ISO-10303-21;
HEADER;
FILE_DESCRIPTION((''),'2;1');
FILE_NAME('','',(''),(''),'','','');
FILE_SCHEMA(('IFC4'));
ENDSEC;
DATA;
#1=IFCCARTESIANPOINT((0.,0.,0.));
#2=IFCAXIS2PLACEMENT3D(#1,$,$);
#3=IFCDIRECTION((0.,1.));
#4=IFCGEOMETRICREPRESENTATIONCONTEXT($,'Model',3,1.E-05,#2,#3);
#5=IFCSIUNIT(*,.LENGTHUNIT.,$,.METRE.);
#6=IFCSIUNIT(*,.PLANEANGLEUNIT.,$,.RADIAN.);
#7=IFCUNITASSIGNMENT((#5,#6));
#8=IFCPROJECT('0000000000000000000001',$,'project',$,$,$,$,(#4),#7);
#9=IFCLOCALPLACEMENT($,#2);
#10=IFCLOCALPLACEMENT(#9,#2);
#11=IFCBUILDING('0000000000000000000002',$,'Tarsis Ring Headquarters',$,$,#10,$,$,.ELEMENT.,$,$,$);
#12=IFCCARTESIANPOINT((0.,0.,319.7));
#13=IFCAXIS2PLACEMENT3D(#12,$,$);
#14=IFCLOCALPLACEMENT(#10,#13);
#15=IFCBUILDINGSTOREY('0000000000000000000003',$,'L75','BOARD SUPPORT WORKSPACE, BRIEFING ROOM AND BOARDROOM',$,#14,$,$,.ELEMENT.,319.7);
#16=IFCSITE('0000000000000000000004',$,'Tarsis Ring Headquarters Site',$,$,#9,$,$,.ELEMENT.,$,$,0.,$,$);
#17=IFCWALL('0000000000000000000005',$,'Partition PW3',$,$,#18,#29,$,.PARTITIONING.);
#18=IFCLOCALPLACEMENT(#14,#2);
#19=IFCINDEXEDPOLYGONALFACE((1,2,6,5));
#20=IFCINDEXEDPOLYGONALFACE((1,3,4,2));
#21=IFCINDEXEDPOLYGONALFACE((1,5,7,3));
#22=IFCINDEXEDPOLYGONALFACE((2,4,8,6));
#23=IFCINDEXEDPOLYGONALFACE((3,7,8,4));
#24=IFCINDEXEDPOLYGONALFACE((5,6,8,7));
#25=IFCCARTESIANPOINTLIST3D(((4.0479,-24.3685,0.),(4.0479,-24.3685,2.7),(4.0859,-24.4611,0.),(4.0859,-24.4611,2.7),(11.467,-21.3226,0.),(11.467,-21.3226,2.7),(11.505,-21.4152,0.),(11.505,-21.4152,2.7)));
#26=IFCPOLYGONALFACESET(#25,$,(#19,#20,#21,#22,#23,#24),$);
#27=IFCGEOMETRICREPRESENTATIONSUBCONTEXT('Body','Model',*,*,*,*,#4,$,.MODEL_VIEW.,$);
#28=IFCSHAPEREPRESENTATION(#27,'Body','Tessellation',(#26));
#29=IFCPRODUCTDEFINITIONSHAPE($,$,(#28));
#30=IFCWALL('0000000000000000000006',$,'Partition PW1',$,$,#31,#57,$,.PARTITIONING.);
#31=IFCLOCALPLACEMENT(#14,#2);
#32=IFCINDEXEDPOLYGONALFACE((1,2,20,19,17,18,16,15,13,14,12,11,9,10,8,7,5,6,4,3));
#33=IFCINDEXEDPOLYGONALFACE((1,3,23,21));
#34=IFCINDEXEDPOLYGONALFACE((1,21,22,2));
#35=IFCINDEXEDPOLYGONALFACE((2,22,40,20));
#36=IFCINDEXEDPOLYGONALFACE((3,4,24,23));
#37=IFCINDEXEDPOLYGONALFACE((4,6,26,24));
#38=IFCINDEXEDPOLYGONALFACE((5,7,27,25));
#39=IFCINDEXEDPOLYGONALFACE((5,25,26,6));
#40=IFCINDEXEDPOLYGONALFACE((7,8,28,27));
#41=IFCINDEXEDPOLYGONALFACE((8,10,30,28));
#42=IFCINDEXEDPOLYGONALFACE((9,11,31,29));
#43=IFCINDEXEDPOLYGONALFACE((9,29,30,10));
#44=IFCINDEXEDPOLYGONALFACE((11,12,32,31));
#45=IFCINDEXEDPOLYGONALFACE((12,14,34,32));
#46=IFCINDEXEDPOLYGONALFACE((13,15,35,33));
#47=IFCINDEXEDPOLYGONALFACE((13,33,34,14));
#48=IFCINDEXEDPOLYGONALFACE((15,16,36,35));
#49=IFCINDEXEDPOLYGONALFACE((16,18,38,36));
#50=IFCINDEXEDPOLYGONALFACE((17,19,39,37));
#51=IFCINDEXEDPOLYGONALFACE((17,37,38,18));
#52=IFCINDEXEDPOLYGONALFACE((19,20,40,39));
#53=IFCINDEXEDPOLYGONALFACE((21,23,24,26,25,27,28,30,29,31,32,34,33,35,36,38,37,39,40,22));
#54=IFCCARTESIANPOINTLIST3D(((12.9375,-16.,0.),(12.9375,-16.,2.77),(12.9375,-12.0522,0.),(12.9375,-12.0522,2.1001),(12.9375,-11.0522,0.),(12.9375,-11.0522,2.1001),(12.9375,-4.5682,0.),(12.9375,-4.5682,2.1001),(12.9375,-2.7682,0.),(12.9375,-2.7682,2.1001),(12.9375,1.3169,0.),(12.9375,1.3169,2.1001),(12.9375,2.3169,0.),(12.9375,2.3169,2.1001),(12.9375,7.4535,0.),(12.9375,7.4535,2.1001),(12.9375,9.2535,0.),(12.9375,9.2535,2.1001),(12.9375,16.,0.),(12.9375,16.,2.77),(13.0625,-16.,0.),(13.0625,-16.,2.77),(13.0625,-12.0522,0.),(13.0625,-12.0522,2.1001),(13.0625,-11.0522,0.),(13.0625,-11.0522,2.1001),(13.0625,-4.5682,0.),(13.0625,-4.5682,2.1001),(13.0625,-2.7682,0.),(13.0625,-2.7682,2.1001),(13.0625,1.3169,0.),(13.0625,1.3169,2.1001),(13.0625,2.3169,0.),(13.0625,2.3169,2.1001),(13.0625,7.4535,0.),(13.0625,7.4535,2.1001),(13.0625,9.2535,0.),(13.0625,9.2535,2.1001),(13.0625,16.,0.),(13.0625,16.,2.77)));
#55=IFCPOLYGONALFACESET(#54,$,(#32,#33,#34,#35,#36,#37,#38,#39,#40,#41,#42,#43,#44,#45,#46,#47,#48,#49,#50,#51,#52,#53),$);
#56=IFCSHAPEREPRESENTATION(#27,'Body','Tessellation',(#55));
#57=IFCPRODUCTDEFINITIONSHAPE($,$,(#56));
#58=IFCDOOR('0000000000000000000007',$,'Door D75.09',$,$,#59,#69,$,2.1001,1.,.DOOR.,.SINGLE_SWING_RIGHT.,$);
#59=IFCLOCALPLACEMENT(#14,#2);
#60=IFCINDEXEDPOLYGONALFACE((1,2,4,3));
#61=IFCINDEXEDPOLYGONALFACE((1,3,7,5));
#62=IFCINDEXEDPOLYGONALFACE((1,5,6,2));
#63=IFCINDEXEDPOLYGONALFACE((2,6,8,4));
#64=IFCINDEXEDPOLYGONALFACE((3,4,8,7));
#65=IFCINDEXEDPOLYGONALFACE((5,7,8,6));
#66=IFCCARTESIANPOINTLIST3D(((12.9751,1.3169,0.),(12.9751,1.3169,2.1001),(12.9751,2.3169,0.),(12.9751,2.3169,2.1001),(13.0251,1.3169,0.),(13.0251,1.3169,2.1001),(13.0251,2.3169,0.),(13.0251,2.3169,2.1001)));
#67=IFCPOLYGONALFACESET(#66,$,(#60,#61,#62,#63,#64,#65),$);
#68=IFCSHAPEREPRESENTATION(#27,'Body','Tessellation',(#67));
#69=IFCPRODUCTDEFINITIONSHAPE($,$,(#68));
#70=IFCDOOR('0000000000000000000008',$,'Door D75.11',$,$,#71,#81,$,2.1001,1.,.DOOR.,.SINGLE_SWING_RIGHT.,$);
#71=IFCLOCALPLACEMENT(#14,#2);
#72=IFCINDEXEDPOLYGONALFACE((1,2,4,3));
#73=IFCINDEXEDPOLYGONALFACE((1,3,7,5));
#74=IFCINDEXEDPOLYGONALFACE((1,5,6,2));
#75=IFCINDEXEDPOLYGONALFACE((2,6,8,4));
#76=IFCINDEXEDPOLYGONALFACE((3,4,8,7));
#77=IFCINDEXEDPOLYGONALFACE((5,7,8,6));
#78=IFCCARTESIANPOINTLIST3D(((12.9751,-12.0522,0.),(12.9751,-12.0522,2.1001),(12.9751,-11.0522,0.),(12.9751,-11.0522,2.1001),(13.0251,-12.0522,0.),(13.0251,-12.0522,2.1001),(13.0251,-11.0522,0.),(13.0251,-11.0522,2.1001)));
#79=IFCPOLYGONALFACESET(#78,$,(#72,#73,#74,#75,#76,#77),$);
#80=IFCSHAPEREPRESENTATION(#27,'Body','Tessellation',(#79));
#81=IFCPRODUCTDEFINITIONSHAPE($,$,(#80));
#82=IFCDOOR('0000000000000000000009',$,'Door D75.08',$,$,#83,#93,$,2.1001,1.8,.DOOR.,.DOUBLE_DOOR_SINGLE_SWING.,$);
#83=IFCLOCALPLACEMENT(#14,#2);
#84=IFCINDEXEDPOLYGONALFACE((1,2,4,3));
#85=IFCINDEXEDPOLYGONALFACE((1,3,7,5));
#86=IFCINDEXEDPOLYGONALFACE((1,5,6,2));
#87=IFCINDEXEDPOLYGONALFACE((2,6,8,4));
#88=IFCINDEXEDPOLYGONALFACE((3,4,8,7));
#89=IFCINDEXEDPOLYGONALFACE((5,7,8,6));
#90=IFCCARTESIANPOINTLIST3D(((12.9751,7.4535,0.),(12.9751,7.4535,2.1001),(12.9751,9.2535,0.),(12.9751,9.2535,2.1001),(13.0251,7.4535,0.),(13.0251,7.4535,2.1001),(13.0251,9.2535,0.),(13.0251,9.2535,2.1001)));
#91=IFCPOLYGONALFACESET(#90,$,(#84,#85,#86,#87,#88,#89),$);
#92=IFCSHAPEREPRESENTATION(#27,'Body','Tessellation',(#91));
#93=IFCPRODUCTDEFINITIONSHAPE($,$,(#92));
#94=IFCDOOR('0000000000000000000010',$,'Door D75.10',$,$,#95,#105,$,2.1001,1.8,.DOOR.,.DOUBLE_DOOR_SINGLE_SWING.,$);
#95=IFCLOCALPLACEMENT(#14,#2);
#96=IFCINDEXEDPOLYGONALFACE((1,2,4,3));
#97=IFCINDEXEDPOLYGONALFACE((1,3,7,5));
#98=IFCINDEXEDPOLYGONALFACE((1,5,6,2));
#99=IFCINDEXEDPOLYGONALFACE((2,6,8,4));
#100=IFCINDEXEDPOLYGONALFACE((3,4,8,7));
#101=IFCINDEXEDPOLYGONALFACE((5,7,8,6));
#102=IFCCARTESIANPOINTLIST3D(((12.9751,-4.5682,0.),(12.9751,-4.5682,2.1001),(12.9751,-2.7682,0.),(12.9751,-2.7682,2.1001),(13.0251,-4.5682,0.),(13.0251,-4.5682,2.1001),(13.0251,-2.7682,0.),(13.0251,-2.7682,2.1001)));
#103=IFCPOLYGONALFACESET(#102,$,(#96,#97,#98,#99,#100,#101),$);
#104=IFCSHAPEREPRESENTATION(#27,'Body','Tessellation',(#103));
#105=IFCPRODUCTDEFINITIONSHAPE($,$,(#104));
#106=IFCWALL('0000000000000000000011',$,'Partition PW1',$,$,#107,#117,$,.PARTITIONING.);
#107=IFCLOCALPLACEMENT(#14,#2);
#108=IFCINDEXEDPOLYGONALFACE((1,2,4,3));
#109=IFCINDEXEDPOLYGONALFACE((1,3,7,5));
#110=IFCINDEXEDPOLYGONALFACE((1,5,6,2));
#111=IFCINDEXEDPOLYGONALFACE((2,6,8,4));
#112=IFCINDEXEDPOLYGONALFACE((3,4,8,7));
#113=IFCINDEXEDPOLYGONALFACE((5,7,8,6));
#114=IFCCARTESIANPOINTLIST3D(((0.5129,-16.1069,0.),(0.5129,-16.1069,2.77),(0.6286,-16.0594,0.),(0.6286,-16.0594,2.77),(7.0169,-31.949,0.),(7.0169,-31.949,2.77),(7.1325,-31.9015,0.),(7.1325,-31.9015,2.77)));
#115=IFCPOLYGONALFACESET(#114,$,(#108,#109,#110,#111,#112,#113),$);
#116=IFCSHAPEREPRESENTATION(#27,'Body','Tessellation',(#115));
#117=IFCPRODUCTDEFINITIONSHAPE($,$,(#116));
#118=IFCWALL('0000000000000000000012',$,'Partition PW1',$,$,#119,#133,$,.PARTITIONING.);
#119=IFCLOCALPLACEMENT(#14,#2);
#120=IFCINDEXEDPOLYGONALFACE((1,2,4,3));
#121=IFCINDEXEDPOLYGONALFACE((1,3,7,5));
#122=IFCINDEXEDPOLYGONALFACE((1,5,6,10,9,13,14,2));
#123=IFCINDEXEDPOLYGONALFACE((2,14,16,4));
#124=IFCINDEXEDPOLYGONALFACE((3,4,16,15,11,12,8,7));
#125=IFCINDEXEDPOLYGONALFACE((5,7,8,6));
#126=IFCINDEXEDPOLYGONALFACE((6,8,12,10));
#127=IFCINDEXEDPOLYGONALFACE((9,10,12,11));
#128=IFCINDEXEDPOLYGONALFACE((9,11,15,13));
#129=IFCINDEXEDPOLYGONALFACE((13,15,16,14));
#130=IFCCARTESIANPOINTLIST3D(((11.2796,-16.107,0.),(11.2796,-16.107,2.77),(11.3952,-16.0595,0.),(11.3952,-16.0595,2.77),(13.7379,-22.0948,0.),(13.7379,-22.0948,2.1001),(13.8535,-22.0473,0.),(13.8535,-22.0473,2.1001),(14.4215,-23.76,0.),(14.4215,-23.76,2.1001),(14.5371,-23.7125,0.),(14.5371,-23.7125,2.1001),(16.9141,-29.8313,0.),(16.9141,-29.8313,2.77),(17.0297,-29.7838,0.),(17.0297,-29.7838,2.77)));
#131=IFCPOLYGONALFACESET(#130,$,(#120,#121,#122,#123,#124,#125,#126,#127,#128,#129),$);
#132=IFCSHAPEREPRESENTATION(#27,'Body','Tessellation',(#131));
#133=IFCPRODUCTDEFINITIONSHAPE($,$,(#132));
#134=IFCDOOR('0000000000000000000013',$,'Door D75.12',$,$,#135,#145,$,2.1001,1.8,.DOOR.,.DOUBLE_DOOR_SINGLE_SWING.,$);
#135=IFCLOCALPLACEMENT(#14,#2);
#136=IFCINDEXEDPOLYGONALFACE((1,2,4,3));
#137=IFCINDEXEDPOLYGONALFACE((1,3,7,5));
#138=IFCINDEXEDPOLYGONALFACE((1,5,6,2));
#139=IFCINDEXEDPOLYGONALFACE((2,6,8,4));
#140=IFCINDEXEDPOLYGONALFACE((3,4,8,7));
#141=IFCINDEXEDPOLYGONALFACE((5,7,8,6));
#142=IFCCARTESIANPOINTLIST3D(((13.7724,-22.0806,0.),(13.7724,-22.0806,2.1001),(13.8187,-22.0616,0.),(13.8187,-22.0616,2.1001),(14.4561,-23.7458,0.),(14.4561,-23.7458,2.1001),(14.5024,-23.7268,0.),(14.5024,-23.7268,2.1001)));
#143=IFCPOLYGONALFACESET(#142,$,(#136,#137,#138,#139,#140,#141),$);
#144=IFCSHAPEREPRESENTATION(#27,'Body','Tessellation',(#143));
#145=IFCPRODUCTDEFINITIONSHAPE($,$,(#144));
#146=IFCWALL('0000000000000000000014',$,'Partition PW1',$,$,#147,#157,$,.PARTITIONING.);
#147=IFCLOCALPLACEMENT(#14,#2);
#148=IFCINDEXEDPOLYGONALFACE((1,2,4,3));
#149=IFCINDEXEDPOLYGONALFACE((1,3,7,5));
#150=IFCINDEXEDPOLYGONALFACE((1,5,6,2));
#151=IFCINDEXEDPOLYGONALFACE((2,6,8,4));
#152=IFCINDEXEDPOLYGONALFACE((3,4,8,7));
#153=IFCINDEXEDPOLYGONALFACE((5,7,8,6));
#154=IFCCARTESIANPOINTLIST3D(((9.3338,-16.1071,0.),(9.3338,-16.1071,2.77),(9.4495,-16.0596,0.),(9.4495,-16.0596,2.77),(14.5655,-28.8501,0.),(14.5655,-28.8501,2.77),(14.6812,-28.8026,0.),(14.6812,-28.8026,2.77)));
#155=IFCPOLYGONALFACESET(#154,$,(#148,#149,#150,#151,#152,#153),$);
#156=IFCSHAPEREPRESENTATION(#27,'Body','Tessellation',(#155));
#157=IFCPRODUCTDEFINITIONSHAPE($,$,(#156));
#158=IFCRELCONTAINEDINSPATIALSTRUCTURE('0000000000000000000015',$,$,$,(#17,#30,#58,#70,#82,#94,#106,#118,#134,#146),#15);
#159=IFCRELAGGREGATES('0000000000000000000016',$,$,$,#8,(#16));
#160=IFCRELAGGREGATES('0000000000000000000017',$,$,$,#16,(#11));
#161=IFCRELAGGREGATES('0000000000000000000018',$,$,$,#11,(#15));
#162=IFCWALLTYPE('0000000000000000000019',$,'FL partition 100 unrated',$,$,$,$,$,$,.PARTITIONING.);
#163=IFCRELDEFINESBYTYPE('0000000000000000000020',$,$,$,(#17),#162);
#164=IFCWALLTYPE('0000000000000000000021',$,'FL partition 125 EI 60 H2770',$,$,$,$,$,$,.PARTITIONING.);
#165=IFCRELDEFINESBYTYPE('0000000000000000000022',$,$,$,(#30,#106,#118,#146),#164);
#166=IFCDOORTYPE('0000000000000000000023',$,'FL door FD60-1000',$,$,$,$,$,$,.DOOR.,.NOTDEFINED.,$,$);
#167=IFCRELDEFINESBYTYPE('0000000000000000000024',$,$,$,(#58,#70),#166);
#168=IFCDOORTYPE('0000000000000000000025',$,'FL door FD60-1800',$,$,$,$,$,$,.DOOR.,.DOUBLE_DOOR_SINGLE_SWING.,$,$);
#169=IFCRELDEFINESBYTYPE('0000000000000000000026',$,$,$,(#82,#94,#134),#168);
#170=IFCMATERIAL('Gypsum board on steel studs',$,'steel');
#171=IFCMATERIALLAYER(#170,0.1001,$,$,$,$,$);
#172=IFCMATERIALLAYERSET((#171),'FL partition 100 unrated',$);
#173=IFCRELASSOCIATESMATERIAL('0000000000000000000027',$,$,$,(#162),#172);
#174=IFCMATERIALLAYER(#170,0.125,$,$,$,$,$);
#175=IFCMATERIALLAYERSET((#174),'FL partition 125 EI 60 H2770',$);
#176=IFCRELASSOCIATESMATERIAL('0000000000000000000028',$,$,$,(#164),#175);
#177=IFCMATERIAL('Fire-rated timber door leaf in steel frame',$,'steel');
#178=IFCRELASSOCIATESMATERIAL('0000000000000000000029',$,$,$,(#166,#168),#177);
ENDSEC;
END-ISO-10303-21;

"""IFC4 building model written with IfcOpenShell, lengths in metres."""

from ifc_helpers import new_model, si_unit, direction, frame, frame_2d, origin, place, context, subcontext, project, spatial, rectangle, extrude, material, layer, layer_set, type_object, element, fill, save


model = new_model("IFC4")

# Units and contexts
model_context = context("Model", 3, precision=1e-05, world=origin(), true_north=direction((0.0, 1.0)))
body_context = subcontext(model_context, "Body", "Model", "MODEL_VIEW")
ifc_project = project(units=[si_unit("LENGTHUNIT", "METRE"), si_unit("PLANEANGLEUNIT", "RADIAN")], contexts=[model_context])

# Site, building, storey
site_placement = place(None, origin())
site = spatial("IfcSite", under=ifc_project, at=site_placement, Name="Tarsis Ring Headquarters Site", CompositionType="ELEMENT", RefElevation=0.0)
building_placement = place(site_placement, origin())
building = spatial("IfcBuilding", under=site, at=building_placement, Name="Tarsis Ring Headquarters", CompositionType="ELEMENT")
storey_placement = place(building_placement, frame((0.0, 0.0, 319.7)))
storey = spatial("IfcBuildingStorey", under=building, at=storey_placement, Name="L75", Description="BOARD SUPPORT WORKSPACE, BRIEFING ROOM AND BOARDROOM", CompositionType="ELEMENT", Elevation=319.7)

# Wall
ifc_material_1 = material(Name="Gypsum board on steel studs", Category="steel")
ifc_layer_1 = layer(ifc_material_1, 0.1001)
ifc_layer_set_1 = layer_set([ifc_layer_1], Name="FL partition 100 unrated")
wall_type_1 = type_object("IfcWallType", Name="FL partition 100 unrated", PredefinedType="PARTITIONING", material=ifc_layer_set_1)
wall_1_placement = place(storey_placement, frame((4.0669, -24.4148, 0.0), z_axis=(0.0, 0.0, 1.0), x_axis=(0.925075, 0.379783, 0.0)))
element("IfcWall", 1, at=wall_1_placement, inside=storey, type_object=wall_type_1, Name="Partition PW3", PredefinedType="PARTITIONING", context=body_context, shape_type="SweptSolid", body=[
    extrude(rectangle(XDim=8.02, YDim=0.1001, at=frame_2d((4.01, 0.0))), origin(), (0.0, 0.0, 1.0), 2.7),
])

# Wall, openings, doors
ifc_layer_2 = layer(ifc_material_1, 0.125)
ifc_layer_set_2 = layer_set([ifc_layer_2], Name="FL partition 125 EI 60 H2770")
wall_type_2 = type_object("IfcWallType", Name="FL partition 125 EI 60 H2770", PredefinedType="PARTITIONING", material=ifc_layer_set_2)
wall_2_placement = place(storey_placement, frame((13.0, -16.0, 0.0), z_axis=(0.0, 0.0, 1.0), x_axis=(0.0, 1.0, 0.0)))
wall_2 = element("IfcWall", 2, at=wall_2_placement, inside=storey, type_object=wall_type_2, Name="Partition PW1", PredefinedType="PARTITIONING", context=body_context, shape_type="SweptSolid", body=[
    extrude(rectangle(XDim=32.0, YDim=0.125, at=frame_2d((16.0, 0.0))), origin(), (0.0, 0.0, 1.0), 2.77),
])
opening_1_placement = place(wall_2_placement, frame((23.4536, 0.0, 0.0)))
opening_1 = element("IfcOpeningElement", 3, at=opening_1_placement, cuts=wall_2, PredefinedType="OPENING", context=body_context, shape_type="SweptSolid", body=[
    extrude(rectangle(XDim=1.8, YDim=2.1001, at=frame_2d((0.8999, 1.05))), frame((0.0, 0.0725, 0.0), z_axis=(0.0, -1.0, 0.0), x_axis=(1.0, 0.0, 0.0)), (0.0, 0.0, 1.0), 0.145),
])
opening_2_placement = place(wall_2_placement, frame((17.3169, 0.0, 0.0)))
opening_2 = element("IfcOpeningElement", 4, at=opening_2_placement, cuts=wall_2, PredefinedType="OPENING", context=body_context, shape_type="SweptSolid", body=[
    extrude(rectangle(XDim=1.0, YDim=2.1001, at=frame_2d((0.5, 1.05))), frame((0.0, 0.0725, 0.0), z_axis=(0.0, -1.0, 0.0), x_axis=(1.0, 0.0, 0.0)), (0.0, 0.0, 1.0), 0.145),
])
opening_3_placement = place(wall_2_placement, frame((11.4319, 0.0, 0.0)))
opening_3 = element("IfcOpeningElement", 5, at=opening_3_placement, cuts=wall_2, PredefinedType="OPENING", context=body_context, shape_type="SweptSolid", body=[
    extrude(rectangle(XDim=1.8, YDim=2.1001, at=frame_2d((0.8999, 1.05))), frame((0.0, 0.0725, 0.0), z_axis=(0.0, -1.0, 0.0), x_axis=(1.0, 0.0, 0.0)), (0.0, 0.0, 1.0), 0.145),
])
opening_4_placement = place(wall_2_placement, frame((3.9478, 0.0, 0.0)))
opening_4 = element("IfcOpeningElement", 6, at=opening_4_placement, cuts=wall_2, PredefinedType="OPENING", context=body_context, shape_type="SweptSolid", body=[
    extrude(rectangle(XDim=1.0, YDim=2.1001, at=frame_2d((0.5, 1.05))), frame((0.0, 0.0725, 0.0), z_axis=(0.0, -1.0, 0.0), x_axis=(1.0, 0.0, 0.0)), (0.0, 0.0, 1.0), 0.145),
])
ifc_material_2 = material(Name="Fire-rated timber door leaf in steel frame", Category="steel")
door_type_1 = type_object("IfcDoorType", Name="FL door FD60-1000", OperationType="NOTDEFINED", PredefinedType="DOOR", material=ifc_material_2)
door_1_placement = place(opening_2_placement, origin())
door_1 = element("IfcDoor", 7, at=door_1_placement, inside=storey, type_object=door_type_1, Name="Door D75.09", OperationType="SINGLE_SWING_RIGHT", OverallHeight=2.1001, OverallWidth=1.0, PredefinedType="DOOR", context=body_context, shape_type="SweptSolid", body=[
    extrude(rectangle(XDim=1.0, YDim=2.1001, at=frame_2d((0.5, 1.05))), frame((0.0, 0.0249, 0.0), z_axis=(0.0, -1.0, 0.0), x_axis=(1.0, 0.0, 0.0)), (0.0, 0.0, 1.0), 0.05),
])
fill(opening_2, door_1)
door_2_placement = place(opening_4_placement, origin())
door_2 = element("IfcDoor", 8, at=door_2_placement, inside=storey, type_object=door_type_1, Name="Door D75.11", OperationType="SINGLE_SWING_RIGHT", OverallHeight=2.1001, OverallWidth=1.0, PredefinedType="DOOR", context=body_context, shape_type="SweptSolid", body=[
    extrude(rectangle(XDim=1.0, YDim=2.1001, at=frame_2d((0.5, 1.05))), frame((0.0, 0.0249, 0.0), z_axis=(0.0, -1.0, 0.0), x_axis=(1.0, 0.0, 0.0)), (0.0, 0.0, 1.0), 0.05),
])
fill(opening_4, door_2)
door_type_2 = type_object("IfcDoorType", Name="FL door FD60-1800", OperationType="DOUBLE_DOOR_SINGLE_SWING", PredefinedType="DOOR", material=ifc_material_2)
door_3_placement = place(opening_1_placement, origin())
door_3 = element("IfcDoor", 9, at=door_3_placement, inside=storey, type_object=door_type_2, Name="Door D75.08", OperationType="DOUBLE_DOOR_SINGLE_SWING", OverallHeight=2.1001, OverallWidth=1.8, PredefinedType="DOOR", context=body_context, shape_type="SweptSolid", body=[
    extrude(rectangle(XDim=1.8, YDim=2.1001, at=frame_2d((0.8999, 1.05))), frame((0.0, 0.0249, 0.0), z_axis=(0.0, -1.0, 0.0), x_axis=(1.0, 0.0, 0.0)), (0.0, 0.0, 1.0), 0.05),
])
fill(opening_1, door_3)
door_4_placement = place(opening_3_placement, origin())
door_4 = element("IfcDoor", 10, at=door_4_placement, inside=storey, type_object=door_type_2, Name="Door D75.10", OperationType="DOUBLE_DOOR_SINGLE_SWING", OverallHeight=2.1001, OverallWidth=1.8, PredefinedType="DOOR", context=body_context, shape_type="SweptSolid", body=[
    extrude(rectangle(XDim=1.8, YDim=2.1001, at=frame_2d((0.8999, 1.05))), frame((0.0, 0.0249, 0.0), z_axis=(0.0, -1.0, 0.0), x_axis=(1.0, 0.0, 0.0)), (0.0, 0.0, 1.0), 0.05),
])
fill(opening_3, door_4)

# Wall
wall_3_placement = place(storey_placement, frame((0.5708, -16.0833, 0.0), z_axis=(0.0, 0.0, 1.0), x_axis=(0.379787, -0.925074, 0.0)))
element("IfcWall", 11, at=wall_3_placement, inside=storey, type_object=wall_type_2, Name="Partition PW1", PredefinedType="PARTITIONING", context=body_context, shape_type="SweptSolid", body=[
    extrude(rectangle(XDim=17.1252, YDim=0.125, at=frame_2d((8.5625, 0.0))), origin(), (0.0, 0.0, 1.0), 2.77),
])

# Wall, opening, door
wall_4_placement = place(storey_placement, frame((11.3374, -16.0833, 0.0), z_axis=(0.0, 0.0, 1.0), x_axis=(0.379788, -0.925074, 0.0)))
wall_4 = element("IfcWall", 12, at=wall_4_placement, inside=storey, type_object=wall_type_2, Name="Partition PW1", PredefinedType="PARTITIONING", context=body_context, shape_type="SweptSolid", body=[
    extrude(rectangle(XDim=14.8359, YDim=0.125, at=frame_2d((7.418, 0.0))), origin(), (0.0, 0.0, 1.0), 2.77),
])
opening_5_placement = place(wall_4_placement, frame((6.4729, 0.0, 0.0)))
opening_5 = element("IfcOpeningElement", 13, at=opening_5_placement, cuts=wall_4, PredefinedType="OPENING", context=body_context, shape_type="SweptSolid", body=[
    extrude(rectangle(XDim=1.8, YDim=2.1001, at=frame_2d((0.8999, 1.05))), frame((0.0, 0.0725, 0.0), z_axis=(0.0, -1.0, 0.0), x_axis=(1.0, 0.0, 0.0)), (0.0, 0.0, 1.0), 0.145),
])
door_5_placement = place(opening_5_placement, origin())
door_5 = element("IfcDoor", 14, at=door_5_placement, inside=storey, type_object=door_type_2, Name="Door D75.12", OperationType="DOUBLE_DOOR_SINGLE_SWING", OverallHeight=2.1001, OverallWidth=1.8, PredefinedType="DOOR", context=body_context, shape_type="SweptSolid", body=[
    extrude(rectangle(XDim=1.8, YDim=2.1001, at=frame_2d((0.8999, 1.05))), frame((0.0, 0.0249, 0.0), z_axis=(0.0, -1.0, 0.0), x_axis=(1.0, 0.0, 0.0)), (0.0, 0.0, 1.0), 0.05),
])
fill(opening_5, door_5)

# Wall
wall_5_placement = place(storey_placement, frame((9.3916, -16.0833, 0.0), z_axis=(0.0, 0.0, 1.0), x_axis=(0.379794, -0.925071, 0.0)))
element("IfcWall", 15, at=wall_5_placement, inside=storey, type_object=wall_type_2, Name="Partition PW1", PredefinedType="PARTITIONING", context=body_context, shape_type="SweptSolid", body=[
    extrude(rectangle(XDim=13.7751, YDim=0.125, at=frame_2d((6.8877, 0.0))), origin(), (0.0, 0.0, 1.0), 2.77),
])

save(model, "model.ifc")
